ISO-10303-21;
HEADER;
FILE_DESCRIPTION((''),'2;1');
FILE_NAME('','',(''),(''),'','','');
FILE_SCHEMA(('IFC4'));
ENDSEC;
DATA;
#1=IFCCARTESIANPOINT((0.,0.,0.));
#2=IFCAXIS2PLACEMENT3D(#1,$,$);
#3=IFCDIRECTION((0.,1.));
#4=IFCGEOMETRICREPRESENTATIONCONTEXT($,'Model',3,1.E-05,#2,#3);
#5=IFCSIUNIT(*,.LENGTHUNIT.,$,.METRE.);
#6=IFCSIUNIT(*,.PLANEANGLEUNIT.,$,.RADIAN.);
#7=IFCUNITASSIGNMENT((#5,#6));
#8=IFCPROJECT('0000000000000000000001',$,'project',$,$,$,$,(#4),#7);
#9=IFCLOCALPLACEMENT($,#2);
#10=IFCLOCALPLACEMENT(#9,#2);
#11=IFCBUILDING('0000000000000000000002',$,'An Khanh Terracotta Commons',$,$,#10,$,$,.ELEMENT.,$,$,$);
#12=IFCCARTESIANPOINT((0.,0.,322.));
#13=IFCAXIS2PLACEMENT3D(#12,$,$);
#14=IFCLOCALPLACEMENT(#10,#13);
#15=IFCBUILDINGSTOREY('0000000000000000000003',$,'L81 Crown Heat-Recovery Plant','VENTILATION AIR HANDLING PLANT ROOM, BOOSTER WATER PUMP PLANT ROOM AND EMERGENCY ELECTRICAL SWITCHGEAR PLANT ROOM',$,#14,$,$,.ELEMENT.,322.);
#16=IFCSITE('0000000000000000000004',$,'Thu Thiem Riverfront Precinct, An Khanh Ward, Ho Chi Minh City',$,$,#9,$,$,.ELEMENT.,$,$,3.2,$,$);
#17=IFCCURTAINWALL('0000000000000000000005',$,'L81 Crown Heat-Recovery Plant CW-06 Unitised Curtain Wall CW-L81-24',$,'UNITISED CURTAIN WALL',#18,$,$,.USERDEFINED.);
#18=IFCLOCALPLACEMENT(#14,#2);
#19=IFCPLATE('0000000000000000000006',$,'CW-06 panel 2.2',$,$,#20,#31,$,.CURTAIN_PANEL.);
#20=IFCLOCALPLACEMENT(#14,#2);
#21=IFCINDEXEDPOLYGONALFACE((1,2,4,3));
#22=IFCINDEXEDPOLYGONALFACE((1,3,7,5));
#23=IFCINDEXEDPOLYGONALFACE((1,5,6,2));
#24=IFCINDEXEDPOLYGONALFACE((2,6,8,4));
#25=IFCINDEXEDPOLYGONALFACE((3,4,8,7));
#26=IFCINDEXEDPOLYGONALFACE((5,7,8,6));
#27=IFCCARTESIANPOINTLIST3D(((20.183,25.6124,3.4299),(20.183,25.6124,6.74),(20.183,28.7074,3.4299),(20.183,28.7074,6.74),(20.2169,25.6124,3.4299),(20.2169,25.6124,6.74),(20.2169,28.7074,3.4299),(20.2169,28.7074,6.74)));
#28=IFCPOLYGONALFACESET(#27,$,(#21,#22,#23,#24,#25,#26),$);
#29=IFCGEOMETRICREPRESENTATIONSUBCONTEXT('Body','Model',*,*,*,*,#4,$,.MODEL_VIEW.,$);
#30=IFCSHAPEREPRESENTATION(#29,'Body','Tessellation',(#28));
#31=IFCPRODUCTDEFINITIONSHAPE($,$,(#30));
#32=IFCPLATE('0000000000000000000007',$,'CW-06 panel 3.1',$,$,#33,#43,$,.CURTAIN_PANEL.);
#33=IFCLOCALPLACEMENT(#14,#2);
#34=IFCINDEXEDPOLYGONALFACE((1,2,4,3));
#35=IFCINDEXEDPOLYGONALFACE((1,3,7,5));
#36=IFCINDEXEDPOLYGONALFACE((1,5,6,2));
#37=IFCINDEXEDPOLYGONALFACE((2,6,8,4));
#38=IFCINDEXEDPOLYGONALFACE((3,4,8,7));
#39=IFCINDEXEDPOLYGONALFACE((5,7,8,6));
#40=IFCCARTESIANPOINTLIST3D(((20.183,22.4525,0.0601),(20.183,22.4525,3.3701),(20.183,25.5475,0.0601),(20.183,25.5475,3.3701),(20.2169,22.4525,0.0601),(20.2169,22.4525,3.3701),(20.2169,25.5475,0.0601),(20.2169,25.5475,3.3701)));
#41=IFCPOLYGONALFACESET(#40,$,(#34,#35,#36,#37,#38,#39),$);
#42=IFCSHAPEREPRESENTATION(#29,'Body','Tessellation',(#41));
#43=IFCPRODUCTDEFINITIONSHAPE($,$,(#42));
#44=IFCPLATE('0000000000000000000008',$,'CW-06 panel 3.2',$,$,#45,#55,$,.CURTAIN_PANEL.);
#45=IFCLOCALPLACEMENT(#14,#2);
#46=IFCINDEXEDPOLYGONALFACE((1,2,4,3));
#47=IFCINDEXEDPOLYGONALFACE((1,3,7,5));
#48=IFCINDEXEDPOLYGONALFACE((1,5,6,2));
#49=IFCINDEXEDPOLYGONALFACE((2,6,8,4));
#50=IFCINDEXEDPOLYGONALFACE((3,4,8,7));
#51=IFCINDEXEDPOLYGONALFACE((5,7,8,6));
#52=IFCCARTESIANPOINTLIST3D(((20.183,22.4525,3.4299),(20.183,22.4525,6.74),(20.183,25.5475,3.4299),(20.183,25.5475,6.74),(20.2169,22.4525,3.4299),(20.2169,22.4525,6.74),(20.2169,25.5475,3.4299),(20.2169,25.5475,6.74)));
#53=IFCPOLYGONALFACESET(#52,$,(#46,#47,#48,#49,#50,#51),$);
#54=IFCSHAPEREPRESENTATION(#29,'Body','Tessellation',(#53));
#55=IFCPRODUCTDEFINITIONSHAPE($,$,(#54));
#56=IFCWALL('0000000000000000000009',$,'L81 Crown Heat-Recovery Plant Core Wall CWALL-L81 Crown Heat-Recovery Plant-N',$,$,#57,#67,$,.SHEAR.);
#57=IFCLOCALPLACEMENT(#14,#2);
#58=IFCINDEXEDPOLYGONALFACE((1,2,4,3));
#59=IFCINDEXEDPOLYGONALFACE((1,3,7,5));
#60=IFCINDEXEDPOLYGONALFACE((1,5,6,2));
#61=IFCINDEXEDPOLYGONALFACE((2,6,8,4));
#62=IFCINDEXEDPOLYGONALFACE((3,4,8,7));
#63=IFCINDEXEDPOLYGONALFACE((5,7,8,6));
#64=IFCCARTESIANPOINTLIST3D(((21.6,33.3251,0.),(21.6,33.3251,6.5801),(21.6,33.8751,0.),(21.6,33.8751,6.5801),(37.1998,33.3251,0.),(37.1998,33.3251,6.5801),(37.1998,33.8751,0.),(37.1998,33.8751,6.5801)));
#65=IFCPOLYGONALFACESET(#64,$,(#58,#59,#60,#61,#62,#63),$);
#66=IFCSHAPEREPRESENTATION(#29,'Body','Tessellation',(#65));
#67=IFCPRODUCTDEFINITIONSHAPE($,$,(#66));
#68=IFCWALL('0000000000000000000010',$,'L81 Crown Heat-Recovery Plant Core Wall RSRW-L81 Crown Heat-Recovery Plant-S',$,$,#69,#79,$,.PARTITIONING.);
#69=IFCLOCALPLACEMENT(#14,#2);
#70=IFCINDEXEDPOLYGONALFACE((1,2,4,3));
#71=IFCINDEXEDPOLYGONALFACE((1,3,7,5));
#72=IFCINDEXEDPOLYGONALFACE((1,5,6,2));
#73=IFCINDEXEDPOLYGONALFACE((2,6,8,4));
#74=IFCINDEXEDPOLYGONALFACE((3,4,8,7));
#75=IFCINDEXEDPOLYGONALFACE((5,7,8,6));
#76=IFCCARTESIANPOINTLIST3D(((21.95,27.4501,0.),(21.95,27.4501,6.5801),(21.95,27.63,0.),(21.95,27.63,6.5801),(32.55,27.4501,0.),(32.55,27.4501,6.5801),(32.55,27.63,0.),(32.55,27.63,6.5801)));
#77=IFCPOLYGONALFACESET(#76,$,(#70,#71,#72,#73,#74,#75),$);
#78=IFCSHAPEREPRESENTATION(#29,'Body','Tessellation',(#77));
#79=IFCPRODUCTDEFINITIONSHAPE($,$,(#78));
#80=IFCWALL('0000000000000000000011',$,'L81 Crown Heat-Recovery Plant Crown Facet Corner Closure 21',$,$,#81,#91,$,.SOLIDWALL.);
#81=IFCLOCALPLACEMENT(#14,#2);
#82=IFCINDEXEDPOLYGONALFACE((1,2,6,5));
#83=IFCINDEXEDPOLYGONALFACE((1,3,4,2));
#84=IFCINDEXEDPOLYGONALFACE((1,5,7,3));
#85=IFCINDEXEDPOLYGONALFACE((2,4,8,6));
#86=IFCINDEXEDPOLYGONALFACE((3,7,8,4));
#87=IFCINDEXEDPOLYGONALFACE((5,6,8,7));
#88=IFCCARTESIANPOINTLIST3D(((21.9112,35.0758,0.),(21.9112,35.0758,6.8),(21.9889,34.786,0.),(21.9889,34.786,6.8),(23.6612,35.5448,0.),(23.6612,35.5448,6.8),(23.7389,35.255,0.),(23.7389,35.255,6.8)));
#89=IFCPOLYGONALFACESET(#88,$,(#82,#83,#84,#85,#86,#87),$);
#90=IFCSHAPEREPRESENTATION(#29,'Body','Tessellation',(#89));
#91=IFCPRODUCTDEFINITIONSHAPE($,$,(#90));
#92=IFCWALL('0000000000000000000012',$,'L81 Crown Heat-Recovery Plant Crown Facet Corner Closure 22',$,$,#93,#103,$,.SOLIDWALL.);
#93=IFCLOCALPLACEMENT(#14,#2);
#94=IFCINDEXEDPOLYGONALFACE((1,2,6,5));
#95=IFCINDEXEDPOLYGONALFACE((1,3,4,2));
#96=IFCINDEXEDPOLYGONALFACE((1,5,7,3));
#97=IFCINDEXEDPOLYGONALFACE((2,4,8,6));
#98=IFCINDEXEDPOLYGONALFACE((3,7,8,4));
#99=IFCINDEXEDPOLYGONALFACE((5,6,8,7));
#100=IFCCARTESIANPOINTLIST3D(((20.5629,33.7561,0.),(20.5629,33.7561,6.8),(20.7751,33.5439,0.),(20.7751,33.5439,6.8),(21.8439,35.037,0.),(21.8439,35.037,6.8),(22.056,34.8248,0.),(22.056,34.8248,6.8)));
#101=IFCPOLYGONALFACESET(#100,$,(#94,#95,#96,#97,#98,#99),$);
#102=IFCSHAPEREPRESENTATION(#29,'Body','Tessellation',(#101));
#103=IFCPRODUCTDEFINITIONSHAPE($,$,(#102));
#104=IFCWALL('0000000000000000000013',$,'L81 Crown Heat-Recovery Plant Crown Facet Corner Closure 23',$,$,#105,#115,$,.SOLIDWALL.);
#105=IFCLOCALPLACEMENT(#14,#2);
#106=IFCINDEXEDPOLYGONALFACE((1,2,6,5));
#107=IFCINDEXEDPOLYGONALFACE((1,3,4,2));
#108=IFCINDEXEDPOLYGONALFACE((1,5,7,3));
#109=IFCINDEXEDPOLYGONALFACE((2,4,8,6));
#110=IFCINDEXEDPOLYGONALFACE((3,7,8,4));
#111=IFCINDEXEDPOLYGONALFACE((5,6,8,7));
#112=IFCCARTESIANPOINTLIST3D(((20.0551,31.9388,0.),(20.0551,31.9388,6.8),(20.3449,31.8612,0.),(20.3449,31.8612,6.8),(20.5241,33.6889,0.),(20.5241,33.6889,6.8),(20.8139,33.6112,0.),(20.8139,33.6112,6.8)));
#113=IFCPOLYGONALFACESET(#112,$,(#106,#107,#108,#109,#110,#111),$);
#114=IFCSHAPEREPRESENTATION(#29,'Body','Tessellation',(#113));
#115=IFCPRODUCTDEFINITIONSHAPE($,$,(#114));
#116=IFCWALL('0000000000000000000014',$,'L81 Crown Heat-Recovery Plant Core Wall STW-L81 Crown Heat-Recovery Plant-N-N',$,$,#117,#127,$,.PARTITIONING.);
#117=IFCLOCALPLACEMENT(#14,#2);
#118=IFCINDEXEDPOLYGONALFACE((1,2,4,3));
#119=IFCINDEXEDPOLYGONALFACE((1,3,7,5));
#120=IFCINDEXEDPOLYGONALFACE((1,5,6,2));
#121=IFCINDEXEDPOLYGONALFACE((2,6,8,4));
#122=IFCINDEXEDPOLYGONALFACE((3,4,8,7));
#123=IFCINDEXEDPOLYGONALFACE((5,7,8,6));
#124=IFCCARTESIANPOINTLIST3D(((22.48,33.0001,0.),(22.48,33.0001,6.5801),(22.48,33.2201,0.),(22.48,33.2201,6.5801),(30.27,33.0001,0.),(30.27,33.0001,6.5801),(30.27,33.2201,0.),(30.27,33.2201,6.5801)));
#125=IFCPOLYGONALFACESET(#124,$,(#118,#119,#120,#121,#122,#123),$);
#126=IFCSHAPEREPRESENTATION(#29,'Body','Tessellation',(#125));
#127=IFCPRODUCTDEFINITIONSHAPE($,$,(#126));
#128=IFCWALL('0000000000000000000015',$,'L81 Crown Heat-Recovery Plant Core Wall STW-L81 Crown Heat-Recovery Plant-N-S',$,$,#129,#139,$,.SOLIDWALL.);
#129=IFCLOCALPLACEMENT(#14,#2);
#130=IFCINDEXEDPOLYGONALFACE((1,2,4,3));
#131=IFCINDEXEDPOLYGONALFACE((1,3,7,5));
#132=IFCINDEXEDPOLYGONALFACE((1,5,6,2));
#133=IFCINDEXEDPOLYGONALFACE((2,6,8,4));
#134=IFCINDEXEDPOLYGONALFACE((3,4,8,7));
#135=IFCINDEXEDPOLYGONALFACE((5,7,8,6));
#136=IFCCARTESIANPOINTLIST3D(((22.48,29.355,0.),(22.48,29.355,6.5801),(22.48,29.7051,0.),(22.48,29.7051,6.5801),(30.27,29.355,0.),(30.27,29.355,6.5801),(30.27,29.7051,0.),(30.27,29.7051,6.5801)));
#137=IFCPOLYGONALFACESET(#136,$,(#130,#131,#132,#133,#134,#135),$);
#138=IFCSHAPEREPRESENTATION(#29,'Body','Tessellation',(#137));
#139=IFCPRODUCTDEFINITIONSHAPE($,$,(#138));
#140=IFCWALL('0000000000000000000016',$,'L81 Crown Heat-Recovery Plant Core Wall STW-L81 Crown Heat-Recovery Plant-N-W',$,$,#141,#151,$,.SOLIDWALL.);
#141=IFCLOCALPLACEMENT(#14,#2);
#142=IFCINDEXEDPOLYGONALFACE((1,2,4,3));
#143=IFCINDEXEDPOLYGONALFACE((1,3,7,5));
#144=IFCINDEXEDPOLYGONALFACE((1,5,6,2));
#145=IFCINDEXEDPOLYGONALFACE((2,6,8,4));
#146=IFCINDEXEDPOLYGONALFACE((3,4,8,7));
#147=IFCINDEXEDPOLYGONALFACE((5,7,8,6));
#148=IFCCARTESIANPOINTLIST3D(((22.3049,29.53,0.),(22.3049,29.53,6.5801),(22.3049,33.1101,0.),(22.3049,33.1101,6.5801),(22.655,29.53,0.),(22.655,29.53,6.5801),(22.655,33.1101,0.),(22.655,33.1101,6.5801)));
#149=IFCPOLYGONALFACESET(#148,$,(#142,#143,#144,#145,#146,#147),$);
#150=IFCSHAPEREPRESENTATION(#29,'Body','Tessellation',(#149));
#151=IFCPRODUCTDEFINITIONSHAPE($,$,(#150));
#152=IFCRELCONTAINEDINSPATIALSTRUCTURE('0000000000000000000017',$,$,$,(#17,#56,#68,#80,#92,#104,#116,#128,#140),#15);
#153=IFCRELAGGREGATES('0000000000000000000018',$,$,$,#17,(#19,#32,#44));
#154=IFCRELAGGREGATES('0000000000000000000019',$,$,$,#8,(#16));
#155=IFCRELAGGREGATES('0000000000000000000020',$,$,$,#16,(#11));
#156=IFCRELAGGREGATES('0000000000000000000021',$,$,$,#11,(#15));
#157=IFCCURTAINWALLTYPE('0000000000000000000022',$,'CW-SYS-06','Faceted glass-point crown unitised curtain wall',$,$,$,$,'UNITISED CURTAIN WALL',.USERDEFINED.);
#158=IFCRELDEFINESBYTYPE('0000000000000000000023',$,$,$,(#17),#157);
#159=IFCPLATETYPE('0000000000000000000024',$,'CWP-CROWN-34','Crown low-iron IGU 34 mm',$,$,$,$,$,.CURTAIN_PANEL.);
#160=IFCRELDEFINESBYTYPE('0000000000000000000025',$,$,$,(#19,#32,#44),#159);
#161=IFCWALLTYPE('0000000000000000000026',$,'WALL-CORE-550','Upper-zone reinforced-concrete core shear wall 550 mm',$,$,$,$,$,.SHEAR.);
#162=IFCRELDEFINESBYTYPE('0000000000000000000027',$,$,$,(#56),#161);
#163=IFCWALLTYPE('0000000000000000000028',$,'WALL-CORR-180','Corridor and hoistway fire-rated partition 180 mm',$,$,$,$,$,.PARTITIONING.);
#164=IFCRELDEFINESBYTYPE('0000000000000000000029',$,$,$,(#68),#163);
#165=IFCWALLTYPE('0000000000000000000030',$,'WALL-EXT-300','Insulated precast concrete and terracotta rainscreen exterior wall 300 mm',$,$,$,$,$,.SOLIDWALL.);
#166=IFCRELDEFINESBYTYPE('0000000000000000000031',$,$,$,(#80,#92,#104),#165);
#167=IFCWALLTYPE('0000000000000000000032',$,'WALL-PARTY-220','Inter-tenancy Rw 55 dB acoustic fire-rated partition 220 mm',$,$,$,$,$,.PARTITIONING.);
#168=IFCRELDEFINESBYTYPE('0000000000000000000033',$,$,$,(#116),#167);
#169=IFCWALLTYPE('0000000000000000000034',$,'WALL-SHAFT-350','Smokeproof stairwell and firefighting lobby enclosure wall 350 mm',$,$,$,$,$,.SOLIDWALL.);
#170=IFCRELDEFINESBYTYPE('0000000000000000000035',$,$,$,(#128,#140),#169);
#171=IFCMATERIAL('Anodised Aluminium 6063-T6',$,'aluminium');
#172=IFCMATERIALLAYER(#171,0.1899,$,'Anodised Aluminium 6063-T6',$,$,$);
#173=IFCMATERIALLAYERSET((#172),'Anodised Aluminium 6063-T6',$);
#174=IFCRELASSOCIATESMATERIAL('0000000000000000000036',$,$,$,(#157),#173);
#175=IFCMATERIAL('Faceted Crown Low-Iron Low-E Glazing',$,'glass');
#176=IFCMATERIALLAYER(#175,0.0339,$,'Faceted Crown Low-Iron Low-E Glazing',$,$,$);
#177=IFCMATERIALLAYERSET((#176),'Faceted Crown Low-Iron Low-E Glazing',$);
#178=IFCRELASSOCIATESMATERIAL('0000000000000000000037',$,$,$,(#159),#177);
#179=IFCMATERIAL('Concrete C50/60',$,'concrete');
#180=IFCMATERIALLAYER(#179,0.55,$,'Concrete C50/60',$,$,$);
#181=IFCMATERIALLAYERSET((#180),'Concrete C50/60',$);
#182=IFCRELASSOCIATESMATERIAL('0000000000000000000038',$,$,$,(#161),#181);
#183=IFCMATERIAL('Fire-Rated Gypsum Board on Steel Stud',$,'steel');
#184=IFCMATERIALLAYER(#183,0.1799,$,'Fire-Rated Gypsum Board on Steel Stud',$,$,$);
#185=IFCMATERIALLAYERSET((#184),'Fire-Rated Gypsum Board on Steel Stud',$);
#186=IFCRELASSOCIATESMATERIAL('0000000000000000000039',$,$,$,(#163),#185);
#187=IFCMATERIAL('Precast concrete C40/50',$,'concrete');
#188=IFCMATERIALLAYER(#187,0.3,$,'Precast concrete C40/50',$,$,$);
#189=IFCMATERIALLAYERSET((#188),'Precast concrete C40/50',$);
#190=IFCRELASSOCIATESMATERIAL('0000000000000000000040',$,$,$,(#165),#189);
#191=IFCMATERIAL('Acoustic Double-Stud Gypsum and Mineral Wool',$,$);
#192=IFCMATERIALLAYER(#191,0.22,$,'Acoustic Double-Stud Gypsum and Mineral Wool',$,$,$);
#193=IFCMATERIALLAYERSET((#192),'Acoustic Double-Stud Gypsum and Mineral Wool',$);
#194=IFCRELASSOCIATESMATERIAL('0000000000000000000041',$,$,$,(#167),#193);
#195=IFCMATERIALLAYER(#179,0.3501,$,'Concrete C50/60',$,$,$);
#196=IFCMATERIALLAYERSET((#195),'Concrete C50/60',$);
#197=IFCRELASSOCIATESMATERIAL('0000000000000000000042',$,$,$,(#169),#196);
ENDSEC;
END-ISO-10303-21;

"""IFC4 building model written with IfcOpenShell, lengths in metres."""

from ifc_helpers import new_model, si_unit, direction, frame, frame_2d, origin, origin_2d, place, context, subcontext, project, spatial, rectangle, extrude, material, layer, layer_set, type_object, element, aggregate, save


model = new_model("IFC4")

# Units and contexts
model_context = context("Model", 3, precision=1e-05, world=origin(), true_north=direction((0.0, 1.0)))
body_context = subcontext(model_context, "Body", "Model", "MODEL_VIEW")
ifc_project = project(units=[si_unit("LENGTHUNIT", "METRE"), si_unit("PLANEANGLEUNIT", "RADIAN")], contexts=[model_context])

# Site, building, storey
site_placement = place(None, origin())
site = spatial("IfcSite", under=ifc_project, at=site_placement, Name="Thu Thiem Riverfront Precinct, An Khanh Ward, Ho Chi Minh City", CompositionType="ELEMENT", RefElevation=3.2)
building_placement = place(site_placement, origin())
building = spatial("IfcBuilding", under=site, at=building_placement, Name="An Khanh Terracotta Commons", CompositionType="ELEMENT")
storey_placement = place(building_placement, frame((0.0, 0.0, 322.0)))
storey = spatial("IfcBuildingStorey", under=building, at=storey_placement, Name="L81 Crown Heat-Recovery Plant", Description="VENTILATION AIR HANDLING PLANT ROOM, BOOSTER WATER PUMP PLANT ROOM AND EMERGENCY ELECTRICAL SWITCHGEAR PLANT ROOM", CompositionType="ELEMENT", Elevation=322.0)

# Shared definitions
ifc_material_1 = material(Name="Concrete C50/60", Category="concrete")

# Shared definitions
ifc_material_2 = material(Name="Anodised Aluminium 6063-T6", Category="aluminium")
ifc_layer_1 = layer(ifc_material_2, 0.1899, Name="Anodised Aluminium 6063-T6")
ifc_layer_set_1 = layer_set([ifc_layer_1], Name="Anodised Aluminium 6063-T6")
curtain_wall_type = type_object("IfcCurtainWallType", Name="CW-SYS-06", Description="Faceted glass-point crown unitised curtain wall", ElementType="UNITISED CURTAIN WALL", PredefinedType="USERDEFINED", material=ifc_layer_set_1)

# Curtain wall
curtain_wall_1_placement = place(storey_placement, origin())
curtain_wall_1 = element("IfcCurtainWall", 1, at=curtain_wall_1_placement, inside=storey, type_object=curtain_wall_type, Name="L81 Crown Heat-Recovery Plant CW-06 Unitised Curtain Wall CW-L81-24", ObjectType="UNITISED CURTAIN WALL", PredefinedType="USERDEFINED")

# Plates
ifc_material_3 = material(Name="Faceted Crown Low-Iron Low-E Glazing", Category="glass")
ifc_layer_2 = layer(ifc_material_3, 0.0339, Name="Faceted Crown Low-Iron Low-E Glazing")
ifc_layer_set_2 = layer_set([ifc_layer_2], Name="Faceted Crown Low-Iron Low-E Glazing")
plate_type = type_object("IfcPlateType", Name="CWP-CROWN-34", Description="Crown low-iron IGU 34 mm", PredefinedType="CURTAIN_PANEL", material=ifc_layer_set_2)
plate_1_placement = place(storey_placement, frame((20.2, 27.1599, 3.4299), z_axis=(0.0, 0.0, 1.0), x_axis=(0.0, -1.0, 0.0)))
plate_1 = element("IfcPlate", 2, at=plate_1_placement, type_object=plate_type, Name="CW-06 panel 2.2", PredefinedType="CURTAIN_PANEL", context=body_context, shape_type="SweptSolid", body=[
    extrude(rectangle(XDim=3.095, YDim=0.0339, at=origin_2d()), origin(), (0.0, 0.0, 1.0), 3.3101),
])
plate_2_placement = place(storey_placement, frame((20.2, 24.0, 0.0601), z_axis=(0.0, 0.0, 1.0), x_axis=(0.0, -1.0, 0.0)))
plate_2 = element("IfcPlate", 3, at=plate_2_placement, type_object=plate_type, Name="CW-06 panel 3.1", PredefinedType="CURTAIN_PANEL", context=body_context, shape_type="SweptSolid", body=[
    extrude(rectangle(XDim=3.095, YDim=0.0339, at=origin_2d()), origin(), (0.0, 0.0, 1.0), 3.3101),
])
plate_3_placement = place(storey_placement, frame((20.2, 24.0, 3.4299), z_axis=(0.0, 0.0, 1.0), x_axis=(0.0, -1.0, 0.0)))
plate_3 = element("IfcPlate", 4, at=plate_3_placement, type_object=plate_type, Name="CW-06 panel 3.2", PredefinedType="CURTAIN_PANEL", context=body_context, shape_type="SweptSolid", body=[
    extrude(rectangle(XDim=3.095, YDim=0.0339, at=origin_2d()), origin(), (0.0, 0.0, 1.0), 3.3101),
])
aggregate(curtain_wall_1, [plate_1, plate_2, plate_3])

# Walls
ifc_layer_3 = layer(ifc_material_1, 0.55, Name="Concrete C50/60")
ifc_layer_set_3 = layer_set([ifc_layer_3], Name="Concrete C50/60")
wall_type_1 = type_object("IfcWallType", Name="WALL-CORE-550", Description="Upper-zone reinforced-concrete core shear wall 550 mm", PredefinedType="SHEAR", material=ifc_layer_set_3)
wall_1_placement = place(storey_placement, frame((21.6001, 33.6001, 0.0), z_axis=(0.0, 0.0, 1.0), x_axis=(1.0, 0.0, 0.0)))
element("IfcWall", 5, at=wall_1_placement, inside=storey, type_object=wall_type_1, Name="L81 Crown Heat-Recovery Plant Core Wall CWALL-L81 Crown Heat-Recovery Plant-N", PredefinedType="SHEAR", context=body_context, shape_type="SweptSolid", body=[
    extrude(rectangle(XDim=15.5999, YDim=0.55, at=frame_2d((7.7998, 0.0))), origin(), (0.0, 0.0, 1.0), 6.5801),
])
ifc_material_4 = material(Name="Fire-Rated Gypsum Board on Steel Stud", Category="steel")
ifc_layer_4 = layer(ifc_material_4, 0.1799, Name="Fire-Rated Gypsum Board on Steel Stud")
ifc_layer_set_4 = layer_set([ifc_layer_4], Name="Fire-Rated Gypsum Board on Steel Stud")
wall_type_2 = type_object("IfcWallType", Name="WALL-CORR-180", Description="Corridor and hoistway fire-rated partition 180 mm", PredefinedType="PARTITIONING", material=ifc_layer_set_4)
wall_2_placement = place(storey_placement, frame((21.95, 27.54, 0.0), z_axis=(0.0, 0.0, 1.0), x_axis=(1.0, 0.0, 0.0)))
element("IfcWall", 6, at=wall_2_placement, inside=storey, type_object=wall_type_2, Name="L81 Crown Heat-Recovery Plant Core Wall RSRW-L81 Crown Heat-Recovery Plant-S", PredefinedType="PARTITIONING", context=body_context, shape_type="SweptSolid", body=[
    extrude(rectangle(XDim=10.6001, YDim=0.1799, at=frame_2d((5.3, 0.0))), origin(), (0.0, 0.0, 1.0), 6.5801),
])
ifc_material_5 = material(Name="Precast concrete C40/50", Category="concrete")
ifc_layer_5 = layer(ifc_material_5, 0.3, Name="Precast concrete C40/50")
ifc_layer_set_5 = layer_set([ifc_layer_5], Name="Precast concrete C40/50")
wall_type_3 = type_object("IfcWallType", Name="WALL-EXT-300", Description="Insulated precast concrete and terracotta rainscreen exterior wall 300 mm", PredefinedType="SOLIDWALL", material=ifc_layer_set_5)
wall_3_placement = place(storey_placement, frame((23.7, 35.3999, 0.0), z_axis=(0.0, 0.0, 1.0), x_axis=(-0.965914, -0.258862, 0.0)))
element("IfcWall", 7, at=wall_3_placement, inside=storey, type_object=wall_type_3, Name="L81 Crown Heat-Recovery Plant Crown Facet Corner Closure 21", PredefinedType="SOLIDWALL", context=body_context, shape_type="SweptSolid", body=[
    extrude(rectangle(XDim=1.8118, YDim=0.3, at=frame_2d((0.9058, 0.0))), origin(), (0.0, 0.0, 1.0), 6.8),
])
wall_4_placement = place(storey_placement, frame((21.95, 34.9309, 0.0), z_axis=(0.0, 0.0, 1.0), x_axis=(-0.707107, -0.707107, 0.0)))
element("IfcWall", 8, at=wall_4_placement, inside=storey, type_object=wall_type_3, Name="L81 Crown Heat-Recovery Plant Crown Facet Corner Closure 22", PredefinedType="SOLIDWALL", context=body_context, shape_type="SweptSolid", body=[
    extrude(rectangle(XDim=1.8115, YDim=0.3, at=frame_2d((0.9058, 0.0))), origin(), (0.0, 0.0, 1.0), 6.8),
])
wall_5_placement = place(storey_placement, frame((20.6689, 33.6499, 0.0), z_axis=(0.0, 0.0, 1.0), x_axis=(-0.258862, -0.965914, 0.0)))
element("IfcWall", 9, at=wall_5_placement, inside=storey, type_object=wall_type_3, Name="L81 Crown Heat-Recovery Plant Crown Facet Corner Closure 23", PredefinedType="SOLIDWALL", context=body_context, shape_type="SweptSolid", body=[
    extrude(rectangle(XDim=1.8118, YDim=0.3, at=frame_2d((0.9058, 0.0))), origin(), (0.0, 0.0, 1.0), 6.8),
])
ifc_material_6 = material(Name="Acoustic Double-Stud Gypsum and Mineral Wool")
ifc_layer_6 = layer(ifc_material_6, 0.22, Name="Acoustic Double-Stud Gypsum and Mineral Wool")
ifc_layer_set_6 = layer_set([ifc_layer_6], Name="Acoustic Double-Stud Gypsum and Mineral Wool")
wall_type_4 = type_object("IfcWallType", Name="WALL-PARTY-220", Description="Inter-tenancy Rw 55 dB acoustic fire-rated partition 220 mm", PredefinedType="PARTITIONING", material=ifc_layer_set_6)
wall_6_placement = place(storey_placement, frame((22.48, 33.1101, 0.0), z_axis=(0.0, 0.0, 1.0), x_axis=(1.0, 0.0, 0.0)))
element("IfcWall", 10, at=wall_6_placement, inside=storey, type_object=wall_type_4, Name="L81 Crown Heat-Recovery Plant Core Wall STW-L81 Crown Heat-Recovery Plant-N-N", PredefinedType="PARTITIONING", context=body_context, shape_type="SweptSolid", body=[
    extrude(rectangle(XDim=7.79, YDim=0.22, at=frame_2d((3.895, 0.0))), origin(), (0.0, 0.0, 1.0), 6.5801),
])
ifc_layer_7 = layer(ifc_material_1, 0.3501, Name="Concrete C50/60")
ifc_layer_set_7 = layer_set([ifc_layer_7], Name="Concrete C50/60")
wall_type_5 = type_object("IfcWallType", Name="WALL-SHAFT-350", Description="Smokeproof stairwell and firefighting lobby enclosure wall 350 mm", PredefinedType="SOLIDWALL", material=ifc_layer_set_7)
wall_7_placement = place(storey_placement, frame((22.48, 29.53, 0.0), z_axis=(0.0, 0.0, 1.0), x_axis=(1.0, 0.0, 0.0)))
element("IfcWall", 11, at=wall_7_placement, inside=storey, type_object=wall_type_5, Name="L81 Crown Heat-Recovery Plant Core Wall STW-L81 Crown Heat-Recovery Plant-N-S", PredefinedType="SOLIDWALL", context=body_context, shape_type="SweptSolid", body=[
    extrude(rectangle(XDim=7.79, YDim=0.3501, at=frame_2d((3.895, 0.0))), origin(), (0.0, 0.0, 1.0), 6.5801),
])
wall_8_placement = place(storey_placement, frame((22.48, 29.53, 0.0), z_axis=(0.0, 0.0, 1.0), x_axis=(0.0, 1.0, 0.0)))
element("IfcWall", 12, at=wall_8_placement, inside=storey, type_object=wall_type_5, Name="L81 Crown Heat-Recovery Plant Core Wall STW-L81 Crown Heat-Recovery Plant-N-W", PredefinedType="SOLIDWALL", context=body_context, shape_type="SweptSolid", body=[
    extrude(rectangle(XDim=3.5801, YDim=0.3501, at=frame_2d((1.79, 0.0))), origin(), (0.0, 0.0, 1.0), 6.5801),
])

save(model, "model.ifc")
